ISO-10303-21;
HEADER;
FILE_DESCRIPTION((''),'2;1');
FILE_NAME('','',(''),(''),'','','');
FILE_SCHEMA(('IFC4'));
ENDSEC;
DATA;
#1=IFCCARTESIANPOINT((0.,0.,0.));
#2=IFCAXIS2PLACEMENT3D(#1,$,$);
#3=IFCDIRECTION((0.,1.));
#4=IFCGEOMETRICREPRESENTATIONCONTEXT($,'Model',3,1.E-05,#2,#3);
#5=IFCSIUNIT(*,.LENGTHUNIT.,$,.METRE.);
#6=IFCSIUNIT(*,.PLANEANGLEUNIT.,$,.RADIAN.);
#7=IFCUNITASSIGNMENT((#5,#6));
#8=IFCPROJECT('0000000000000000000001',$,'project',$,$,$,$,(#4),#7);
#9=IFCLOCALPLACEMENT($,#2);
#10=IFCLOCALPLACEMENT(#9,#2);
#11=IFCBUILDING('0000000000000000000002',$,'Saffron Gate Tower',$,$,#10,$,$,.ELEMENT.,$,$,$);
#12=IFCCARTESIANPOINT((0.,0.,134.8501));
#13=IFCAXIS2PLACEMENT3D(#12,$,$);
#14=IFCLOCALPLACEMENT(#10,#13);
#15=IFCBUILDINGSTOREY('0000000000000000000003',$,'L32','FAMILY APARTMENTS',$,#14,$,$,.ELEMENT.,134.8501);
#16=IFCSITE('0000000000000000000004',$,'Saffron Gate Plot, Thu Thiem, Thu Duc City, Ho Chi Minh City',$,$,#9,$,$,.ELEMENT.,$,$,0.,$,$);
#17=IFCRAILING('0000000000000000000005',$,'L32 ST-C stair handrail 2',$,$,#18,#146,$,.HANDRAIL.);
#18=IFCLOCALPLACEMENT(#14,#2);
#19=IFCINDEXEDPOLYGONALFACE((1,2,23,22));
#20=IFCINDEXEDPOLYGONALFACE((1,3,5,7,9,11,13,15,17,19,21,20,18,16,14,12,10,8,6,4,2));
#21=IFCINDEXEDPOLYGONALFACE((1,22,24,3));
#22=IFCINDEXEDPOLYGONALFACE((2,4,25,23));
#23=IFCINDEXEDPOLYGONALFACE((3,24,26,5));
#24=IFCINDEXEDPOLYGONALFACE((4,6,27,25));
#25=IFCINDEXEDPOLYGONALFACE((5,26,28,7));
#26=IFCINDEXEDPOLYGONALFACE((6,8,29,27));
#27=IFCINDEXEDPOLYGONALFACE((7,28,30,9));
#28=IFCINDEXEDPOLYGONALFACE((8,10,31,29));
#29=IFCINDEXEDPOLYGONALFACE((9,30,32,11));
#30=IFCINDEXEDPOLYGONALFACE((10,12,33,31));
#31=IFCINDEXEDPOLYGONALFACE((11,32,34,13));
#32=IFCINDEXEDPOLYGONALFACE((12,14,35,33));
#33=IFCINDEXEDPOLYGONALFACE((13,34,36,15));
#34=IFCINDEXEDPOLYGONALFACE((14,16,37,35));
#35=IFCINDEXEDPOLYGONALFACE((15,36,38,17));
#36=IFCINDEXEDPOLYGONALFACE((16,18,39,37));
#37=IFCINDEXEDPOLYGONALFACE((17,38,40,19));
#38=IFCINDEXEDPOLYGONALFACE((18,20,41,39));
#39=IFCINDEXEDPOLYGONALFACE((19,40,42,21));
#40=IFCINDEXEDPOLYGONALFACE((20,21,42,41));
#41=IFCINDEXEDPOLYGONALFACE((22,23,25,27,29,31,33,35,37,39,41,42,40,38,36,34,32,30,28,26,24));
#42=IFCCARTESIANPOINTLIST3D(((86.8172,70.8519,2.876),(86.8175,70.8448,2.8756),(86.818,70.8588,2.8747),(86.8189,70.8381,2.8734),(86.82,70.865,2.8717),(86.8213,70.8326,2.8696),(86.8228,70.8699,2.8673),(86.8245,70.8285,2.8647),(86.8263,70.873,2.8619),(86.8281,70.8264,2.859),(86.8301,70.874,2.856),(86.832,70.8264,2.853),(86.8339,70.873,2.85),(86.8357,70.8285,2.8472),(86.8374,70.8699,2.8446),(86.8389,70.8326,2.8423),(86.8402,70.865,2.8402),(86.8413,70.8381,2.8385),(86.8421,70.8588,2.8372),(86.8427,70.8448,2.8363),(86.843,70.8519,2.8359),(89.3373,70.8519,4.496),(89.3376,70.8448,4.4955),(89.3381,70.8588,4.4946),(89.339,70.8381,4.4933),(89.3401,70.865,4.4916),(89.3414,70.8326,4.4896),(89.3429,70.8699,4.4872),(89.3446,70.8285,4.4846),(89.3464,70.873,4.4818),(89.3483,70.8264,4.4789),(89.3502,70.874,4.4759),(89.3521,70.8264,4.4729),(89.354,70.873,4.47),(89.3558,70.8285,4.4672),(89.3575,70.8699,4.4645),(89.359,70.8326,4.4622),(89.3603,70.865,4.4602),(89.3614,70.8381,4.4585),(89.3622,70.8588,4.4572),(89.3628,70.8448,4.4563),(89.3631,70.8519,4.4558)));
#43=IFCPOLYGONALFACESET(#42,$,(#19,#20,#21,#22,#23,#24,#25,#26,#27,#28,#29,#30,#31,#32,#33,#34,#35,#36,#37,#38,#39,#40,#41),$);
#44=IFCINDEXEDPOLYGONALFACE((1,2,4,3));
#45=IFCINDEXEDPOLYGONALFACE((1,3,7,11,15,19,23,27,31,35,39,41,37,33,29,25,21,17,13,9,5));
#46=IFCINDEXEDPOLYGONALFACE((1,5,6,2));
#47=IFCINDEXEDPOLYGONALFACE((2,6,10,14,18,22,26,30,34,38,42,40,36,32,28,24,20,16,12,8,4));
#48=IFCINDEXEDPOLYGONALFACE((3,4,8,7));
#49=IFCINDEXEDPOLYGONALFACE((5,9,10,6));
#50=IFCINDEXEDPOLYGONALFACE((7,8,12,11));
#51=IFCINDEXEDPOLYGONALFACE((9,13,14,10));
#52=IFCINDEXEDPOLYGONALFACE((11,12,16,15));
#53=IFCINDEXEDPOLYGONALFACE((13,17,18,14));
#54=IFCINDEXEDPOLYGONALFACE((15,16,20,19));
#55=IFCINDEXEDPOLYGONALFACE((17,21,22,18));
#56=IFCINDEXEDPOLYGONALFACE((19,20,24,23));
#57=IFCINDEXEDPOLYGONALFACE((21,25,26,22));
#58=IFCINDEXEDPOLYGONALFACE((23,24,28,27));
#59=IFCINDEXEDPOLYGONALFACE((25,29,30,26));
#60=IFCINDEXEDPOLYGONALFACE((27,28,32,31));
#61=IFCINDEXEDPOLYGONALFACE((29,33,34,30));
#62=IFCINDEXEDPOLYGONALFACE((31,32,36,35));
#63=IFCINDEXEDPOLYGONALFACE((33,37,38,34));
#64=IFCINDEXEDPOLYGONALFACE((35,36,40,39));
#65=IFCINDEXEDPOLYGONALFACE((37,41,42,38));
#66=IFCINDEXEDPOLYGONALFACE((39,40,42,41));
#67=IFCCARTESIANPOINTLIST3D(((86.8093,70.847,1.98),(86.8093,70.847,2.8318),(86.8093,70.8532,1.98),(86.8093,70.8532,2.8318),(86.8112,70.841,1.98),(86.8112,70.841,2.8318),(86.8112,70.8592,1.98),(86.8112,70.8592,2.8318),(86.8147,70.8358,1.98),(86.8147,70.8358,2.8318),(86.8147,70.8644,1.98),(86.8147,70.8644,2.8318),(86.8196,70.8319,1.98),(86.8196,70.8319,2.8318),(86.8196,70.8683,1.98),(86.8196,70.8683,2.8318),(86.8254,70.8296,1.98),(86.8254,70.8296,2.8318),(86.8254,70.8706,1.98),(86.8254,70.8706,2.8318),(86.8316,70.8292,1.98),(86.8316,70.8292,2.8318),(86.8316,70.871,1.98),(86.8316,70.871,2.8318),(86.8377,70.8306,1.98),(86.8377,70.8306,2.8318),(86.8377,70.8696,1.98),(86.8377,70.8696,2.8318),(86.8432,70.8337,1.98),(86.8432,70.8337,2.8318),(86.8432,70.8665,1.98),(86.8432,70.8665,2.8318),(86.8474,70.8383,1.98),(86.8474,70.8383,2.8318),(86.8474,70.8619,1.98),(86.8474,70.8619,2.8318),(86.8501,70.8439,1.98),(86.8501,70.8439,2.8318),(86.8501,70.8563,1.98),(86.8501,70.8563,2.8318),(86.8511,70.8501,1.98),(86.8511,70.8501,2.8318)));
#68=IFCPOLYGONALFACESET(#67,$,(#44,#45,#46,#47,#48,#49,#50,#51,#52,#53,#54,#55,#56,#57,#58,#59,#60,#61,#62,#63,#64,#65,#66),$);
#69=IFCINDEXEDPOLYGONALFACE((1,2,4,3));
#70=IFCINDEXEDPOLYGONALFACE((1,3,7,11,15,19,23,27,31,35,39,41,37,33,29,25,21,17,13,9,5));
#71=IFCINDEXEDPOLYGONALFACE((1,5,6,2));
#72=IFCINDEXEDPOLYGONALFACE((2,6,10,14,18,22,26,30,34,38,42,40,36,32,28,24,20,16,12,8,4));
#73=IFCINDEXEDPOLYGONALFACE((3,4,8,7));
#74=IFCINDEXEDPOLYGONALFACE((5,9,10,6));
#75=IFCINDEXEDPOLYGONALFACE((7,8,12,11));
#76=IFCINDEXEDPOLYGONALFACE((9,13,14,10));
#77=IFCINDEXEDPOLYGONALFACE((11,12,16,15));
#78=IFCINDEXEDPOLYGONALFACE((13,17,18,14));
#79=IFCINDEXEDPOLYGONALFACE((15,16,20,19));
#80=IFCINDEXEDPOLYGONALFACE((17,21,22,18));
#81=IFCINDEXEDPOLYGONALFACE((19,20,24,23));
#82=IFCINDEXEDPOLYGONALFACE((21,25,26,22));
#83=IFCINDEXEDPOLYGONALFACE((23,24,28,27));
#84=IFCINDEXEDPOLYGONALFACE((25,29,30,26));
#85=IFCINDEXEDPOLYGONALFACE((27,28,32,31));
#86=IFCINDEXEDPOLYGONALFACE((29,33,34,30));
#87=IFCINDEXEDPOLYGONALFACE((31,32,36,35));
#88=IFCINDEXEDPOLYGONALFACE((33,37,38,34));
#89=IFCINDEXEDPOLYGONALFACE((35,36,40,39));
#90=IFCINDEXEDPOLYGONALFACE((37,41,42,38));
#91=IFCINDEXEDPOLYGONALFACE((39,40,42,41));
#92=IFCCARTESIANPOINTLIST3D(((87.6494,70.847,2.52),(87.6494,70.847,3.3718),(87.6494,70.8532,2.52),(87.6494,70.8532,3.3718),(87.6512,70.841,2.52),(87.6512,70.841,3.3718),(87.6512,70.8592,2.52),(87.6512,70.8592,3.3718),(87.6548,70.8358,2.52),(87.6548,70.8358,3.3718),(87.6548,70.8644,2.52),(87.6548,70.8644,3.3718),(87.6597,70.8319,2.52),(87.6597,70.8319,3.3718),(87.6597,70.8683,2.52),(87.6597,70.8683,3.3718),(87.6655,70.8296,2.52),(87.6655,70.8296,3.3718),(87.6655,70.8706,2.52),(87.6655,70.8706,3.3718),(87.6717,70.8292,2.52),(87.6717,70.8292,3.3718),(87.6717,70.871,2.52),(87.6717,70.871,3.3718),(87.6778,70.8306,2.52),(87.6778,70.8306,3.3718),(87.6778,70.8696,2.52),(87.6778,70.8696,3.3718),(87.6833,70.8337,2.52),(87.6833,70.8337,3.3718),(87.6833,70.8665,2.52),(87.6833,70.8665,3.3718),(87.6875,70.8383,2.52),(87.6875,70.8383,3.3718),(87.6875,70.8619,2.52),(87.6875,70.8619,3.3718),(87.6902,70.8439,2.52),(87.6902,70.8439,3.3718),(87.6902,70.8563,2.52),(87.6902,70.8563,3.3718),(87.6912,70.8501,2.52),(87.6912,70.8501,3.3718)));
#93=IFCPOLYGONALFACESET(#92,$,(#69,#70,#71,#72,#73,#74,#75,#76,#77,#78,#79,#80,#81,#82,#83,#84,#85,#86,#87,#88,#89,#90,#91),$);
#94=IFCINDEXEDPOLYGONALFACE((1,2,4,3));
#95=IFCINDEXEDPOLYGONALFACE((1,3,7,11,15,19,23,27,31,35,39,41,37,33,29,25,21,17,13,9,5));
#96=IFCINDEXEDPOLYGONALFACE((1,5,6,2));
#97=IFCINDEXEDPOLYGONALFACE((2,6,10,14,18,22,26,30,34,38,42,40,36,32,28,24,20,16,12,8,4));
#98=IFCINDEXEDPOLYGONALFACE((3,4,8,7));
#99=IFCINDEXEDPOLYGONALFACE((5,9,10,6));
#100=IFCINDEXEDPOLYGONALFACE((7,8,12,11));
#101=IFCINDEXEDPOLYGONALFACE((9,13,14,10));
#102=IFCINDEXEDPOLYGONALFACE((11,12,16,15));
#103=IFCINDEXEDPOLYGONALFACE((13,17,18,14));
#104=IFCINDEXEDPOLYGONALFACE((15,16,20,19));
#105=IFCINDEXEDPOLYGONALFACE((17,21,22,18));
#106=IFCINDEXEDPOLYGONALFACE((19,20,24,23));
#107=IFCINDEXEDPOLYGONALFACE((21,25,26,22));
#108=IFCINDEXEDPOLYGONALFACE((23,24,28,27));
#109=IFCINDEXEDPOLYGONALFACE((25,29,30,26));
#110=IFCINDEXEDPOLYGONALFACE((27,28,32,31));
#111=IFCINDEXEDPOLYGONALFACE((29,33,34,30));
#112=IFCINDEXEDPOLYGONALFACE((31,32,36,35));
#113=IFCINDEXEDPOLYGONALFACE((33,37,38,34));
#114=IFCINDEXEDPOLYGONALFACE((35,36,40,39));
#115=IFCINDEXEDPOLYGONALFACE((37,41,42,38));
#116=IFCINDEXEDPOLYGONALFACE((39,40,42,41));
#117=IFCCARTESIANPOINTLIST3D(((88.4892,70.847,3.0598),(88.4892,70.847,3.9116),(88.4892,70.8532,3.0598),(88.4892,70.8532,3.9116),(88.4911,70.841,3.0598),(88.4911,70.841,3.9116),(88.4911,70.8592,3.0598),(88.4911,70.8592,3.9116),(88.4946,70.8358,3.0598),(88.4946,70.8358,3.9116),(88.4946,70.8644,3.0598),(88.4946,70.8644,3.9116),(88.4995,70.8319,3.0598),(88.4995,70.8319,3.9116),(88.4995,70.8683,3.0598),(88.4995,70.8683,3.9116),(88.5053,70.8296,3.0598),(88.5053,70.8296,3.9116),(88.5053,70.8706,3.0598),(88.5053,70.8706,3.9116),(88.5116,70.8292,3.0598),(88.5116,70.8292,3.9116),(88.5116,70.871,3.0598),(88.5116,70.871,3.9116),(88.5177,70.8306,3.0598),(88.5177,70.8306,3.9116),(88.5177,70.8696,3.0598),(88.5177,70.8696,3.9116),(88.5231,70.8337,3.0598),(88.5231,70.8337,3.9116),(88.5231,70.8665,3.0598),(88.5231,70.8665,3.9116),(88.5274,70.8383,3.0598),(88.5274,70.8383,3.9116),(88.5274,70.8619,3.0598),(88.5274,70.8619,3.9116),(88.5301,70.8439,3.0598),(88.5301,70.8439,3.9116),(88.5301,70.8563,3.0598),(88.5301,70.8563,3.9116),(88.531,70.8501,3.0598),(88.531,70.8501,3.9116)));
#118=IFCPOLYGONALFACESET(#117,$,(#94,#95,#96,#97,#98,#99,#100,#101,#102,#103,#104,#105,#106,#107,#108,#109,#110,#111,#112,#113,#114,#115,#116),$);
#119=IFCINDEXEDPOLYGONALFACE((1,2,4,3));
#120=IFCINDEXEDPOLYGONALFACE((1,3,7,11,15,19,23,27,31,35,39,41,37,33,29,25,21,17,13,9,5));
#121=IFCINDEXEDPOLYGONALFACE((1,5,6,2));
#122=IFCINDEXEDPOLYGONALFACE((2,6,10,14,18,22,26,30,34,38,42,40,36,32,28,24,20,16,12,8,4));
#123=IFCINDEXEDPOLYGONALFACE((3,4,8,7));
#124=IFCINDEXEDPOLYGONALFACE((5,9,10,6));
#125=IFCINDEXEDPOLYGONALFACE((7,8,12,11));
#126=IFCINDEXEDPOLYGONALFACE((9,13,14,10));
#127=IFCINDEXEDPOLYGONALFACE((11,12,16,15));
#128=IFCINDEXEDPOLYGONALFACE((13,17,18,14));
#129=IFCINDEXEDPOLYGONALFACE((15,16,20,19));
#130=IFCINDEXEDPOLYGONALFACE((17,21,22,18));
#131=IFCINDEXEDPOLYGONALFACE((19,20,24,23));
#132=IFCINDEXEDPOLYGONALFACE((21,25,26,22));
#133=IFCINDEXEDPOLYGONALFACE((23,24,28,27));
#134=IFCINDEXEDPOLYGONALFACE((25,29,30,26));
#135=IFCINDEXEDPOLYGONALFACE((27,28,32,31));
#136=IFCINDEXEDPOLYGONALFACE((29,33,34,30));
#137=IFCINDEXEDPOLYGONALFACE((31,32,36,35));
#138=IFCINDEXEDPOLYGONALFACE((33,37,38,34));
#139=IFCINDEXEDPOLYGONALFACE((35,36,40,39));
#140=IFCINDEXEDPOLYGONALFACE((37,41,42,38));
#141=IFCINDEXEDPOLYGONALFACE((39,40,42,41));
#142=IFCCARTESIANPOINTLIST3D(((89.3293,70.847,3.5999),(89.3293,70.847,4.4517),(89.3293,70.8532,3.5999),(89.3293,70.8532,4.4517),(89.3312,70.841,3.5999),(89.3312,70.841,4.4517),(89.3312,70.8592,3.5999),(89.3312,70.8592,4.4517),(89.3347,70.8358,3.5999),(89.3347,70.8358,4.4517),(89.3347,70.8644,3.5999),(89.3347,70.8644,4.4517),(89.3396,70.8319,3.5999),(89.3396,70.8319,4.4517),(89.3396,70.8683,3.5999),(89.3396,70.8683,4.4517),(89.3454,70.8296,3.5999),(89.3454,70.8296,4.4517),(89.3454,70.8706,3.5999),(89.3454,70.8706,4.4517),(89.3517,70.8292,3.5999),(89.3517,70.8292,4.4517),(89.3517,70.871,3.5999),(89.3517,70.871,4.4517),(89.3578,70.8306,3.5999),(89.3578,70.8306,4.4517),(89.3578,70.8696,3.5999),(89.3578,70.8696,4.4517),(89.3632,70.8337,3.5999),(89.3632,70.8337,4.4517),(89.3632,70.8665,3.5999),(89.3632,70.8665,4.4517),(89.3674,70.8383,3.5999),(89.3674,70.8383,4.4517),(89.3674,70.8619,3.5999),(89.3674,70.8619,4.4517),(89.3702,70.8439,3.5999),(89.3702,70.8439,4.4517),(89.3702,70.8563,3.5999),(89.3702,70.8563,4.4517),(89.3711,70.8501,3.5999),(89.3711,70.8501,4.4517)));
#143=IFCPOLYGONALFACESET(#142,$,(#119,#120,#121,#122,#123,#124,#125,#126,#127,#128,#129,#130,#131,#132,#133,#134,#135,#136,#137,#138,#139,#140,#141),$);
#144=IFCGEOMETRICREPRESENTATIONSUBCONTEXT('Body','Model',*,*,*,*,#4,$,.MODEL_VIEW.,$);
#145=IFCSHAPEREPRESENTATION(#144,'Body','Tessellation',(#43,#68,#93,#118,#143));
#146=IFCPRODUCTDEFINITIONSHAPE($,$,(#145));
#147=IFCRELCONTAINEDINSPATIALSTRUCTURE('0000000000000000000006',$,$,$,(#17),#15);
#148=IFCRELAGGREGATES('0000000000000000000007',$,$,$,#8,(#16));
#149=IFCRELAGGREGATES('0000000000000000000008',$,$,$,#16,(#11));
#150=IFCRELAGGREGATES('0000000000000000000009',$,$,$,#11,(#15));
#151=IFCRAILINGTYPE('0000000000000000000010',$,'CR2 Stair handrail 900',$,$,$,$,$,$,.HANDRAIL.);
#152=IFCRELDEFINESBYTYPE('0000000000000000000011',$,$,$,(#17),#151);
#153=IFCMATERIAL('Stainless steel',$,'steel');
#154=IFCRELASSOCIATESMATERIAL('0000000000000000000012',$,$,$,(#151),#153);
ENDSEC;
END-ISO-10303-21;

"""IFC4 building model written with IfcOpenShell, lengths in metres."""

from ifc_helpers import new_model, si_unit, direction, frame, origin, origin_2d, place, context, subcontext, project, spatial, circle, extrude, material, type_object, element, save


model = new_model("IFC4")

# Units and contexts
model_context = context("Model", 3, precision=1e-05, world=origin(), true_north=direction((0.0, 1.0)))
body_context = subcontext(model_context, "Body", "Model", "MODEL_VIEW")
ifc_project = project(units=[si_unit("LENGTHUNIT", "METRE"), si_unit("PLANEANGLEUNIT", "RADIAN")], contexts=[model_context])

# Site, building, storey
site_placement = place(None, origin())
site = spatial("IfcSite", under=ifc_project, at=site_placement, Name="Saffron Gate Plot, Thu Thiem, Thu Duc City, Ho Chi Minh City", CompositionType="ELEMENT", RefElevation=0.0)
building_placement = place(site_placement, origin())
building = spatial("IfcBuilding", under=site, at=building_placement, Name="Saffron Gate Tower", CompositionType="ELEMENT")
storey_placement = place(building_placement, frame((0.0, 0.0, 134.8501)))
storey = spatial("IfcBuildingStorey", under=building, at=storey_placement, Name="L32", Description="FAMILY APARTMENTS", CompositionType="ELEMENT", Elevation=134.8501)

# Railing
ifc_material_1 = material(Name="Stainless steel", Category="steel")
railing_type_1 = type_object("IfcRailingType", Name="CR2 Stair handrail 900", PredefinedType="HANDRAIL", material=ifc_material_1)
railing_1_placement = place(storey_placement, frame((86.8301, 70.8501, 1.98)))
element("IfcRailing", 1, at=railing_1_placement, inside=storey, type_object=railing_type_1, Name="L32 ST-C stair handrail 2", PredefinedType="HANDRAIL", context=body_context, shape_type="SweptSolid", body=[
    extrude(circle(Radius=0.0239, at=origin_2d()), frame((0.0, 0.0, 0.876), z_axis=(0.8412, 0.0, 0.540725), x_axis=(0.0, 1.0, 0.0)), (0.0, 0.0, 1.0), 2.9958),
    extrude(circle(Radius=0.021, at=origin_2d()), origin(), (0.0, 0.0, 1.0), 0.8518),
    extrude(circle(Radius=0.021, at=origin_2d()), frame((0.8401, 0.0, 0.54)), (0.0, 0.0, 1.0), 0.8518),
    extrude(circle(Radius=0.021, at=origin_2d()), frame((1.6799, 0.0, 1.0798)), (0.0, 0.0, 1.0), 0.8518),
    extrude(circle(Radius=0.021, at=origin_2d()), frame((2.52, 0.0, 1.6199)), (0.0, 0.0, 1.0), 0.8518),
])

save(model, "model.ifc")
